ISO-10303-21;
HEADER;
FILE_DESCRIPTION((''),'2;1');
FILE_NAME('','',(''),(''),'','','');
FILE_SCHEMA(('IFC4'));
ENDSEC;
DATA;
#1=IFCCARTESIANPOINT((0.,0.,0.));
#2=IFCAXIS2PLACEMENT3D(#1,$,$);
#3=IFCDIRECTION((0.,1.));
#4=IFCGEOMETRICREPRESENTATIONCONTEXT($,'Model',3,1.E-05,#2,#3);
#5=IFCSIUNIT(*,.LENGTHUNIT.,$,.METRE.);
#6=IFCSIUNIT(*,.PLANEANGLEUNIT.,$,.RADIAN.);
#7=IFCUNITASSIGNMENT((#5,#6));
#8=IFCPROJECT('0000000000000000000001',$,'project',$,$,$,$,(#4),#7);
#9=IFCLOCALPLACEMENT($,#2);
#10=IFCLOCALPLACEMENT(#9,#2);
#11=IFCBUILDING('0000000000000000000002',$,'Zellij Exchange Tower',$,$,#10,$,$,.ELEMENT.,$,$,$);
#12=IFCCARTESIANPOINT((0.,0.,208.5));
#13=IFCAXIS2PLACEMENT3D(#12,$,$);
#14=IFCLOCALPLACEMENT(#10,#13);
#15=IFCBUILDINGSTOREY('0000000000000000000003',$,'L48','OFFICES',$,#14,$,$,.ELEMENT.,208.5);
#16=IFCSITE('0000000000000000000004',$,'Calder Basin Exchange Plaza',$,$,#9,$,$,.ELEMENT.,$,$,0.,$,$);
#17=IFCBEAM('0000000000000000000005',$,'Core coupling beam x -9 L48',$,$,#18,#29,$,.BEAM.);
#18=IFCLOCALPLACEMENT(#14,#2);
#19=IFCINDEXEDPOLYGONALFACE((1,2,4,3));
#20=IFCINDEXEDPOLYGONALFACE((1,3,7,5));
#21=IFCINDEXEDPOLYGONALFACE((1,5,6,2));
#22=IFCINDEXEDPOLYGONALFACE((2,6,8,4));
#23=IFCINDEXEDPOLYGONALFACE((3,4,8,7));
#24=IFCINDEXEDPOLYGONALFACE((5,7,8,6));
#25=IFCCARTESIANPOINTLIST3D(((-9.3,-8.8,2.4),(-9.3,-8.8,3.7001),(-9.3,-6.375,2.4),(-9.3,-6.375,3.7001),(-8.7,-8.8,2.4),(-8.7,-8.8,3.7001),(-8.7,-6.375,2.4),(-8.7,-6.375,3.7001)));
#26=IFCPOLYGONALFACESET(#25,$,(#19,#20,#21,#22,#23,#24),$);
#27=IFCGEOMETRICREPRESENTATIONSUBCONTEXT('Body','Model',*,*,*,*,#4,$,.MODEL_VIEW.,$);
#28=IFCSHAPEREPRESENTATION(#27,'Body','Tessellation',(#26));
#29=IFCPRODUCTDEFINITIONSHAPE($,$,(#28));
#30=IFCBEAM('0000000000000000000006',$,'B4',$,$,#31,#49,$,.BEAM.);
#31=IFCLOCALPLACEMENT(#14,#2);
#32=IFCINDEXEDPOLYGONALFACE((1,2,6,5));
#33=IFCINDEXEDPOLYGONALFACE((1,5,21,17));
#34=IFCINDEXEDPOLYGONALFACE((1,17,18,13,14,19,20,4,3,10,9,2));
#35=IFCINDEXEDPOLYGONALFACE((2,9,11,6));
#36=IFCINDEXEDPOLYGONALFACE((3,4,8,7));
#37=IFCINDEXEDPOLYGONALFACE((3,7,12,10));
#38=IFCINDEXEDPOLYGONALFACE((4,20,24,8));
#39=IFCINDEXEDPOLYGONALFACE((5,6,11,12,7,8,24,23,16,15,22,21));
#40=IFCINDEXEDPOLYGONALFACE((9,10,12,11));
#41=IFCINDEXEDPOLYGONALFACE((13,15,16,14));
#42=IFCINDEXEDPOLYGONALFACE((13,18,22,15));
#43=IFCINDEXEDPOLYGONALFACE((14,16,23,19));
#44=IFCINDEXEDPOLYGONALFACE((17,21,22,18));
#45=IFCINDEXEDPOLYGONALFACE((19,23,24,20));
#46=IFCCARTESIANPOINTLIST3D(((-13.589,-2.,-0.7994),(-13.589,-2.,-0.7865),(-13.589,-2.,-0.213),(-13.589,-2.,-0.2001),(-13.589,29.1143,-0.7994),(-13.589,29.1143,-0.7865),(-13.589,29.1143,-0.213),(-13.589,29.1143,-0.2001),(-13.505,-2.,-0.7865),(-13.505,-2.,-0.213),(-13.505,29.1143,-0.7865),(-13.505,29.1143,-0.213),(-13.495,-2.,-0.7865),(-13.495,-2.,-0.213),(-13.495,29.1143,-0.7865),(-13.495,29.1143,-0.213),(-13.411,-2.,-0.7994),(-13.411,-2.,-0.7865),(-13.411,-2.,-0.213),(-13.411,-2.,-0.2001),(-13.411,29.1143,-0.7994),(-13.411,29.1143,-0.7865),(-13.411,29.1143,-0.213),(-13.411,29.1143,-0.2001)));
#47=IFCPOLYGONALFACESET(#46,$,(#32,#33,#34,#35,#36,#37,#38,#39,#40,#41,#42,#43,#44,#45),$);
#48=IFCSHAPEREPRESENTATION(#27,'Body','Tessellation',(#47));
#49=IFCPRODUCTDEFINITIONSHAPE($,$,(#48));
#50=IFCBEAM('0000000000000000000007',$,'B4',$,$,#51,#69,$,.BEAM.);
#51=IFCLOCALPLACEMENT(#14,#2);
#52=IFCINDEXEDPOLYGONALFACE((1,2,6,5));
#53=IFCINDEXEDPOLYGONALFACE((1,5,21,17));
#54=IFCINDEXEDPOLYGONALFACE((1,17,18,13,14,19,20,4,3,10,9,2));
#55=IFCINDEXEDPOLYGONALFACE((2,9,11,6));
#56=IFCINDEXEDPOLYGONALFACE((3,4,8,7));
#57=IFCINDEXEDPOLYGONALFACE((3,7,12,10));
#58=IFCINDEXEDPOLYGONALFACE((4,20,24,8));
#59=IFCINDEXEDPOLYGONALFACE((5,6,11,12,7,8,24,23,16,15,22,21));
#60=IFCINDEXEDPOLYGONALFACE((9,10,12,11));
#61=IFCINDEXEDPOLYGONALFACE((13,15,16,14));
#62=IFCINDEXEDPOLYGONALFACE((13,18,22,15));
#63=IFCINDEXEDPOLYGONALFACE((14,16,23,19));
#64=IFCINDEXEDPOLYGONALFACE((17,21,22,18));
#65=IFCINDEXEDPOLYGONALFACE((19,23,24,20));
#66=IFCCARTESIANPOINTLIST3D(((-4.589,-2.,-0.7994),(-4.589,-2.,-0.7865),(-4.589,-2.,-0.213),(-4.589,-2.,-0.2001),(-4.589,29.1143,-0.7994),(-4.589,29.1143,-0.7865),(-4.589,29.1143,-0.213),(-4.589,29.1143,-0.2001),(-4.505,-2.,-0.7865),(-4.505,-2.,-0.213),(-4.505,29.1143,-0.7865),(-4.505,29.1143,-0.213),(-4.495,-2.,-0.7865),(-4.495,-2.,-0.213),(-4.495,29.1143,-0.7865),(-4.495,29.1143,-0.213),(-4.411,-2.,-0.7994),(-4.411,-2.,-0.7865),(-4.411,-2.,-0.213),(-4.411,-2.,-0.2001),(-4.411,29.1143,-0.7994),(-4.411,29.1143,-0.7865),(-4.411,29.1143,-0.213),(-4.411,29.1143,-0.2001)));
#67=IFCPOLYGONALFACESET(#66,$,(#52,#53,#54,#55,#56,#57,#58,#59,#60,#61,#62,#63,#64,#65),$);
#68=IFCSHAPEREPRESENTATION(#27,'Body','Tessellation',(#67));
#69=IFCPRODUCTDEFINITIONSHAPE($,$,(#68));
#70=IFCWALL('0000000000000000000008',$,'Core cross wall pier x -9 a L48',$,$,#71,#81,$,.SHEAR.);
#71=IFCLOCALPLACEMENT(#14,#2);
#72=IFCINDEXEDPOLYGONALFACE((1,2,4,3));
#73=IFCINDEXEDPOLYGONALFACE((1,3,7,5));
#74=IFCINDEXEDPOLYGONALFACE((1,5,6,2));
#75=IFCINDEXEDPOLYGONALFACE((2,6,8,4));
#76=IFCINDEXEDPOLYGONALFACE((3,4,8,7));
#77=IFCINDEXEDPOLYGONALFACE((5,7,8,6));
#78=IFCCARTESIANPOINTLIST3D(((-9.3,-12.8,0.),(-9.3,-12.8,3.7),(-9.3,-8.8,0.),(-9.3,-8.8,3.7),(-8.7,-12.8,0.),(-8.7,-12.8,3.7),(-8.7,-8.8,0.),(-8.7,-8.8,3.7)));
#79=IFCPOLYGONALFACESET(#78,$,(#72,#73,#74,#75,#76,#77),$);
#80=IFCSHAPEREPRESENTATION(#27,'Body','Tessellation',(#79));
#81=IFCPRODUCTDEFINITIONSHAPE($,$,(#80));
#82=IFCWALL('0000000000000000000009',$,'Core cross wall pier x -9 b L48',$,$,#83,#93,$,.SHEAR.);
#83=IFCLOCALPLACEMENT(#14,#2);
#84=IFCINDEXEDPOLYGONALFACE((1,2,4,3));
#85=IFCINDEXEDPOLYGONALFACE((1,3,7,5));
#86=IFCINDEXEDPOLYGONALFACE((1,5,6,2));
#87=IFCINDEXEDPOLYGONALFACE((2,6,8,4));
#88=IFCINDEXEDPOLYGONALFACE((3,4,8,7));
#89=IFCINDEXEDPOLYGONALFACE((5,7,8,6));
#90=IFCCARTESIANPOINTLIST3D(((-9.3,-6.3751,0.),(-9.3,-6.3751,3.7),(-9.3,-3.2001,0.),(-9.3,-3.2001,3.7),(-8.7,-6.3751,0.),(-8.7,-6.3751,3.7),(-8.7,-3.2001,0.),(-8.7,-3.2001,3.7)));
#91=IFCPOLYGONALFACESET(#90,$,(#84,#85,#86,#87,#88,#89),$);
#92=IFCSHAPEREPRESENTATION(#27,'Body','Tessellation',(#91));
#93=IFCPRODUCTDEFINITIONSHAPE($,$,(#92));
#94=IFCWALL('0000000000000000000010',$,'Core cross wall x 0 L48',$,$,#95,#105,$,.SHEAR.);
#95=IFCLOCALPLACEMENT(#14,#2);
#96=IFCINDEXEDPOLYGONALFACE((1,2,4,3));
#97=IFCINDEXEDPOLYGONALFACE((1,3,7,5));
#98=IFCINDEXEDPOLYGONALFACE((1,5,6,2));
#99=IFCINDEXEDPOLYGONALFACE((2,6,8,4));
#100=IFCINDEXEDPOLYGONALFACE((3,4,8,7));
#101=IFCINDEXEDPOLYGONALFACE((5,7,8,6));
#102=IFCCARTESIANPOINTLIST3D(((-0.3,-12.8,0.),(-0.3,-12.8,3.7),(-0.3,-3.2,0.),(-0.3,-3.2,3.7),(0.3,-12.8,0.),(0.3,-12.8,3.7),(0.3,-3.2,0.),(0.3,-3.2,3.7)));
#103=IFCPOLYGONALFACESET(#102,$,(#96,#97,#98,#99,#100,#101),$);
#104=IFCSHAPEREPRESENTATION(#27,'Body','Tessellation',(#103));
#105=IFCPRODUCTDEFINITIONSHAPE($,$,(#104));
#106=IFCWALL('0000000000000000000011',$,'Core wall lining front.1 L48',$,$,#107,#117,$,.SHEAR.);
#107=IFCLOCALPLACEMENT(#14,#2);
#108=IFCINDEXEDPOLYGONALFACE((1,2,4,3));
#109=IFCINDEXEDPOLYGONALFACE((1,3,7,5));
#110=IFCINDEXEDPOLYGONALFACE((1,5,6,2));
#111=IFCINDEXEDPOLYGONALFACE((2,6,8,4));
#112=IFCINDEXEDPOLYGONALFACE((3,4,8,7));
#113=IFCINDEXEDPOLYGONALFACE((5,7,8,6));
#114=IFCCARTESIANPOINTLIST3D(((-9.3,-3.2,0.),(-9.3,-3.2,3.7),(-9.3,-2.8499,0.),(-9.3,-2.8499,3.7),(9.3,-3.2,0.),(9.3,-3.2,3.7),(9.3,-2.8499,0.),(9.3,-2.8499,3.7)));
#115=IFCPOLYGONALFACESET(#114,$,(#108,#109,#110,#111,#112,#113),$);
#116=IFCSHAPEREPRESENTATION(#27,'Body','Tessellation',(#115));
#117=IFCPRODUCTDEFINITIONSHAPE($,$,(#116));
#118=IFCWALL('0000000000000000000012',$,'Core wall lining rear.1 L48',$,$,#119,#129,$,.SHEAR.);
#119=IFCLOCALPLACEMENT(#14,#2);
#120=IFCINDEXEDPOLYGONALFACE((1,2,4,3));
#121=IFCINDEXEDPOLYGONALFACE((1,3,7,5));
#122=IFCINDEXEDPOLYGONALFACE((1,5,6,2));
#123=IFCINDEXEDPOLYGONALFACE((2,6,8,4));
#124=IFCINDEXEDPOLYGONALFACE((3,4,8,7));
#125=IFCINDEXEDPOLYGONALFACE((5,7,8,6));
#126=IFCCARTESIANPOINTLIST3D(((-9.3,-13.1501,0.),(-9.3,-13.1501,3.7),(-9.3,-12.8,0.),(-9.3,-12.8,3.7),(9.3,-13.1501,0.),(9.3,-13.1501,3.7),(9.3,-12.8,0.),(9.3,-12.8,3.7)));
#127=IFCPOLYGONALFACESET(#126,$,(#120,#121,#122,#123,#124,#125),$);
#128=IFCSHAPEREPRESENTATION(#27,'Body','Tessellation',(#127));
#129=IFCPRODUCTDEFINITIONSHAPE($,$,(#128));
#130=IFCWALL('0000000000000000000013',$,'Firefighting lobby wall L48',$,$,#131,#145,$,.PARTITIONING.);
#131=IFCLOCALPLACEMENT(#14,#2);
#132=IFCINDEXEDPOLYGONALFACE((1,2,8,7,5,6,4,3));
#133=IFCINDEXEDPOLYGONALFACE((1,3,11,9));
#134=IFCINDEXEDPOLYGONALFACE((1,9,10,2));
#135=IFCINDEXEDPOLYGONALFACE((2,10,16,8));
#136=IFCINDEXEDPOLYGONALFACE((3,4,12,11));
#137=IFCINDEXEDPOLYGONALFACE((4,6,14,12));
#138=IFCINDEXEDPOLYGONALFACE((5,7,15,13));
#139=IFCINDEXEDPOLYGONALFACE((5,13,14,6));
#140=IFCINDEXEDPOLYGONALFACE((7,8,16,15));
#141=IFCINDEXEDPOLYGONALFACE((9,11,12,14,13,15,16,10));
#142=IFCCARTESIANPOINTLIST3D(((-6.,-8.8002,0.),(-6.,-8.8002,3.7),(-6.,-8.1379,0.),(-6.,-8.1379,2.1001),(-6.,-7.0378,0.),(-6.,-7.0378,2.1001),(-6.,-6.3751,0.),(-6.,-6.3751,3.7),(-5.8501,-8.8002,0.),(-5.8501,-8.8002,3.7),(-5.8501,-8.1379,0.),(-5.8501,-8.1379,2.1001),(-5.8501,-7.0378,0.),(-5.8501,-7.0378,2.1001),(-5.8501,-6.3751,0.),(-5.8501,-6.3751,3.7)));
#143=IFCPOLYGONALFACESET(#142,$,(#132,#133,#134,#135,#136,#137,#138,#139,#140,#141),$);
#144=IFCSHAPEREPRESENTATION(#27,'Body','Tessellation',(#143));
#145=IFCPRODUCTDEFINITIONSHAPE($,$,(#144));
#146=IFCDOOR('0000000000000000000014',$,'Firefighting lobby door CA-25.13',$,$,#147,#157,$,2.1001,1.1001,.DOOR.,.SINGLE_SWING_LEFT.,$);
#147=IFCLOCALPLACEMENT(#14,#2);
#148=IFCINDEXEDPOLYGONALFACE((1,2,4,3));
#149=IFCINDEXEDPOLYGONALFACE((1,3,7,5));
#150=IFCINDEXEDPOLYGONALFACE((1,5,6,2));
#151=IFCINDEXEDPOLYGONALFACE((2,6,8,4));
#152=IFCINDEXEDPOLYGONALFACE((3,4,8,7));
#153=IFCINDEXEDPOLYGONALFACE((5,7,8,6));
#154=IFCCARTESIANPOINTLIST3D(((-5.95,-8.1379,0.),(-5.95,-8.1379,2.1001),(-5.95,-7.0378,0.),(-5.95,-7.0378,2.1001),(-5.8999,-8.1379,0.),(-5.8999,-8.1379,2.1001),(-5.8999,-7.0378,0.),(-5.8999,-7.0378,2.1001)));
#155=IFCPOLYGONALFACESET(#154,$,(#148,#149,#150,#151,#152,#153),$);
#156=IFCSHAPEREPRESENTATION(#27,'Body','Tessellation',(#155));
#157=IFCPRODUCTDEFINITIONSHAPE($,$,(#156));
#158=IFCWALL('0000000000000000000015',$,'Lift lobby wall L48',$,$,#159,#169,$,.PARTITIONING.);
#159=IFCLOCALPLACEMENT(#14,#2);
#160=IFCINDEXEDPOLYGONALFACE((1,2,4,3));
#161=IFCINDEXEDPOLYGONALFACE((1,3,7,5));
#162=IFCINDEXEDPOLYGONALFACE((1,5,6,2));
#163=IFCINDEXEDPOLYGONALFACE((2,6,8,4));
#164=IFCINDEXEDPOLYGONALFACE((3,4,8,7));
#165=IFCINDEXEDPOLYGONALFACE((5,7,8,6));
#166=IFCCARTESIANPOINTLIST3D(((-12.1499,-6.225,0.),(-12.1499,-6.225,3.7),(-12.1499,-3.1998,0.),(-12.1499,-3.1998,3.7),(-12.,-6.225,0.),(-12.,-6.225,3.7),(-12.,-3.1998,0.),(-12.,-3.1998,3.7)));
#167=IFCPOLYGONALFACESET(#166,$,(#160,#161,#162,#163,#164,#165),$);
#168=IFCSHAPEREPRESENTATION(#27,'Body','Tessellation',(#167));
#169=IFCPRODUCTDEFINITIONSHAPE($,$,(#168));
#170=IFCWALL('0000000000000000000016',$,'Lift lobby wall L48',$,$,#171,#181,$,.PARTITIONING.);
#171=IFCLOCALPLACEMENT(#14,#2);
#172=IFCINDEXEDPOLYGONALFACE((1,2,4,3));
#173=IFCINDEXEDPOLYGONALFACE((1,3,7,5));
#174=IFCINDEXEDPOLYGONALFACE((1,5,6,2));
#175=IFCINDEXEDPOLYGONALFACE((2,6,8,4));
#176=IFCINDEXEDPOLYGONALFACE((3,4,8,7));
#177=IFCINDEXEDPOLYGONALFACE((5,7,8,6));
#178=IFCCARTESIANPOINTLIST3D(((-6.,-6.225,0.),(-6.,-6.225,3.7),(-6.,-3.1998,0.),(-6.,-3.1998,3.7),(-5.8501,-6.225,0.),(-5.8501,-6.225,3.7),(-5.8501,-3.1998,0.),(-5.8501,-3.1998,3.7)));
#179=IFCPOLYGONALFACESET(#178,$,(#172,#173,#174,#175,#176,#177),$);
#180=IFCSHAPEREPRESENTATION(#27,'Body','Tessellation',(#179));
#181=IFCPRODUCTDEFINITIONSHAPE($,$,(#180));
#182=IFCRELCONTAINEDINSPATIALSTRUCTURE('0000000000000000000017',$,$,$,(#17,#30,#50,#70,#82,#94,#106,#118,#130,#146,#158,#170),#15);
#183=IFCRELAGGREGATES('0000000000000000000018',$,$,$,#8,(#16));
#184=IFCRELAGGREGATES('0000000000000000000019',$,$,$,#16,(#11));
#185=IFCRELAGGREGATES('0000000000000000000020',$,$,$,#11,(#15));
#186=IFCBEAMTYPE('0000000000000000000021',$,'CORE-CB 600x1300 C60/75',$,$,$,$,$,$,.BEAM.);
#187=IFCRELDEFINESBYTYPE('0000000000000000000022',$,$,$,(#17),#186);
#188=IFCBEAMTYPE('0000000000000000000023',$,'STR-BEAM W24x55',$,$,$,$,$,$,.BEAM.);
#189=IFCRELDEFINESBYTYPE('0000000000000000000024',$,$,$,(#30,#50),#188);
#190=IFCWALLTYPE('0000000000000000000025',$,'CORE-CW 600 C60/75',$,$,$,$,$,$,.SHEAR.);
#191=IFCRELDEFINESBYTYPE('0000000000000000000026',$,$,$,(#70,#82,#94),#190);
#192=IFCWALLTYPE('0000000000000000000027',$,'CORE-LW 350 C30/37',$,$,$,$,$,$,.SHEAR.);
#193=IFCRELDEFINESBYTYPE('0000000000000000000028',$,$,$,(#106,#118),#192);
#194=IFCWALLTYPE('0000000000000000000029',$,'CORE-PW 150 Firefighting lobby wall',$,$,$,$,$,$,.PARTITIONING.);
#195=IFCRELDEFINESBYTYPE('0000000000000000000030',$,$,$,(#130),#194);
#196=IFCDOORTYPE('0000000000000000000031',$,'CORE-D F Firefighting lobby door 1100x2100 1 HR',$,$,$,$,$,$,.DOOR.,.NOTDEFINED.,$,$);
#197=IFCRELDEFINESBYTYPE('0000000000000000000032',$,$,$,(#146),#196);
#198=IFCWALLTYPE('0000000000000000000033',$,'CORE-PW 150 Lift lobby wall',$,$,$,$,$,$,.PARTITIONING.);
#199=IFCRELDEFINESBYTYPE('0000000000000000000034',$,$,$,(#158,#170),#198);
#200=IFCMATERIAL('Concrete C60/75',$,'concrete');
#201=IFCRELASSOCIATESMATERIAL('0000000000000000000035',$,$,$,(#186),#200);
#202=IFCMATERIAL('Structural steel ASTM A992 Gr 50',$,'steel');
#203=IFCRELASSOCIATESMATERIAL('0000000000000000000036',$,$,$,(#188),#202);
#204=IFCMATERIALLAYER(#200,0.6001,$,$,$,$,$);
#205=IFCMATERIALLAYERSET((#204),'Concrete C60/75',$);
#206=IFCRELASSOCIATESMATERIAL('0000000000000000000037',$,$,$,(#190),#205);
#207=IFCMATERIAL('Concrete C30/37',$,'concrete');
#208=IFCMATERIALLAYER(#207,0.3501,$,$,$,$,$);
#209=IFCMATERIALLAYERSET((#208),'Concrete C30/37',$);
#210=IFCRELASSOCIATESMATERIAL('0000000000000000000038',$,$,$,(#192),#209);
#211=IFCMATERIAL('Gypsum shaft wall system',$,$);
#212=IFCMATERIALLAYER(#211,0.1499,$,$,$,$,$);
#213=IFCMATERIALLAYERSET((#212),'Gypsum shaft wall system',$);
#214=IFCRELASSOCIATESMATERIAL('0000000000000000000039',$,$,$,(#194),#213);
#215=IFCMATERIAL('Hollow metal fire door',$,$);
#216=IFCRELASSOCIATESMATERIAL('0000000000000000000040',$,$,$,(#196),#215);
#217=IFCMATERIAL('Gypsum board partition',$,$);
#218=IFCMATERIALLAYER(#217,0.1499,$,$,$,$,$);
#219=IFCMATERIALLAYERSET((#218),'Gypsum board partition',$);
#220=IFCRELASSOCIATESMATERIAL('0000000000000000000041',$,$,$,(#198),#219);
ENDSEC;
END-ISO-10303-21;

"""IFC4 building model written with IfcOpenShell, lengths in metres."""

from ifc_helpers import new_model, si_unit, direction, frame, frame_2d, origin, origin_2d, place, context, subcontext, project, spatial, rectangle, i_section, extrude, material, layer, layer_set, material_profile, profile_set, type_object, element, fill, save


model = new_model("IFC4")

# Units and contexts
model_context = context("Model", 3, precision=1e-05, world=origin(), true_north=direction((0.0, 1.0)))
body_context = subcontext(model_context, "Body", "Model", "MODEL_VIEW")
ifc_project = project(units=[si_unit("LENGTHUNIT", "METRE"), si_unit("PLANEANGLEUNIT", "RADIAN")], contexts=[model_context])

# Site, building, storey
site_placement = place(None, origin())
site = spatial("IfcSite", under=ifc_project, at=site_placement, Name="Calder Basin Exchange Plaza", CompositionType="ELEMENT", RefElevation=0.0)
building_placement = place(site_placement, origin())
building = spatial("IfcBuilding", under=site, at=building_placement, Name="Zellij Exchange Tower", CompositionType="ELEMENT")
storey_placement = place(building_placement, frame((0.0, 0.0, 208.5)))
storey = spatial("IfcBuildingStorey", under=building, at=storey_placement, Name="L48", Description="OFFICES", CompositionType="ELEMENT", Elevation=208.5)

# Beams
ifc_material_1 = material(Name="Concrete C60/75", Category="concrete")
ifc_material_profile_1 = material_profile(ifc_material_1, rectangle(XDim=0.6001, YDim=1.3, at=origin_2d()), Name="CORE-CB 600x1300 C60/75")
ifc_profile_set_1 = profile_set([ifc_material_profile_1], Name="Concrete C60/75")
beam_type_1 = type_object("IfcBeamType", Name="CORE-CB 600x1300 C60/75", PredefinedType="BEAM", material=ifc_profile_set_1)
beam_placement = place(storey_placement, frame((-9.0, -8.8, 3.05), z_axis=(0.0, 1.0, 0.0), x_axis=(-1.0, 0.0, 0.0)))
element("IfcBeam", 1, at=beam_placement, inside=storey, type_object=beam_type_1, Name="Core coupling beam x -9 L48", PredefinedType="BEAM", context=body_context, shape_type="SweptSolid", body=[
    extrude(rectangle(XDim=0.6001, YDim=1.3, at=origin_2d()), origin(), (0.0, 0.0, 1.0), 2.425),
])
ifc_material_2 = material(Name="Structural steel ASTM A992 Gr 50", Category="steel")
ifc_material_profile_2 = material_profile(ifc_material_2, i_section(OverallWidth=0.178, OverallDepth=0.5994, WebThickness=0.01, FlangeThickness=0.0129, at=origin_2d()), Name="W24x55")
ifc_profile_set_2 = profile_set([ifc_material_profile_2], Name="Structural steel ASTM A992 Gr 50")
beam_type_2 = type_object("IfcBeamType", Name="STR-BEAM W24x55", PredefinedType="BEAM", material=ifc_profile_set_2)
for number, where, z_axis, x_axis, name in (
    (2, (-13.5, -2.0, -0.4998), (0.0, 1.0, 0.0), (-1.0, 0.0, 0.0), "B4"),
    (3, (-4.5, -2.0, -0.4998), (0.0, 1.0, 0.0), (-1.0, 0.0, 0.0), "B4"),
):
    element("IfcBeam", number, at=place(storey_placement, frame(where, z_axis=z_axis, x_axis=x_axis)), inside=storey, type_object=beam_type_2, Name=name, PredefinedType="BEAM", context=body_context, shape_type="SweptSolid", body=[
        extrude(i_section(OverallWidth=0.178, OverallDepth=0.5994, WebThickness=0.01, FlangeThickness=0.0129, at=origin_2d()), origin(), (0.0, 0.0, 1.0), 31.1143),
    ])

# Walls
ifc_layer_1 = layer(ifc_material_1, 0.6001)
ifc_layer_set_1 = layer_set([ifc_layer_1], Name="Concrete C60/75")
wall_type_1 = type_object("IfcWallType", Name="CORE-CW 600 C60/75", PredefinedType="SHEAR", material=ifc_layer_set_1)
wall_1_placement = place(storey_placement, frame((-9.0, -12.8, 0.0), z_axis=(0.0, 0.0, 1.0), x_axis=(0.0, 1.0, 0.0)))
element("IfcWall", 4, at=wall_1_placement, inside=storey, type_object=wall_type_1, Name="Core cross wall pier x -9 a L48", PredefinedType="SHEAR", context=body_context, shape_type="SweptSolid", body=[
    extrude(rectangle(XDim=4.0, YDim=0.6001, at=frame_2d((2.0, 0.0))), origin(), (0.0, 0.0, 1.0), 3.7),
])
wall_2_placement = place(storey_placement, frame((-9.0, -6.375, 0.0), z_axis=(0.0, 0.0, 1.0), x_axis=(0.0, 1.0, 0.0)))
element("IfcWall", 5, at=wall_2_placement, inside=storey, type_object=wall_type_1, Name="Core cross wall pier x -9 b L48", PredefinedType="SHEAR", context=body_context, shape_type="SweptSolid", body=[
    extrude(rectangle(XDim=3.175, YDim=0.6001, at=frame_2d((1.5874, 0.0))), origin(), (0.0, 0.0, 1.0), 3.7),
])
wall_3_placement = place(storey_placement, frame((0.0, -12.8, 0.0), z_axis=(0.0, 0.0, 1.0), x_axis=(0.0, 1.0, 0.0)))
element("IfcWall", 6, at=wall_3_placement, inside=storey, type_object=wall_type_1, Name="Core cross wall x 0 L48", PredefinedType="SHEAR", context=body_context, shape_type="SweptSolid", body=[
    extrude(rectangle(XDim=9.6001, YDim=0.6001, at=frame_2d((4.8, 0.0))), origin(), (0.0, 0.0, 1.0), 3.7),
])
ifc_material_3 = material(Name="Concrete C30/37", Category="concrete")
ifc_layer_2 = layer(ifc_material_3, 0.3501)
ifc_layer_set_2 = layer_set([ifc_layer_2], Name="Concrete C30/37")
wall_type_2 = type_object("IfcWallType", Name="CORE-LW 350 C30/37", PredefinedType="SHEAR", material=ifc_layer_set_2)
for number, where, z_axis, x_axis, name in (
    (7, (-9.3, -3.0249, 0.0), (0.0, 0.0, 1.0), (1.0, 0.0, 0.0), "Core wall lining front.1 L48"),
    (8, (-9.3, -12.9751, 0.0), (0.0, 0.0, 1.0), (1.0, 0.0, 0.0), "Core wall lining rear.1 L48"),
):
    element("IfcWall", number, at=place(storey_placement, frame(where, z_axis=z_axis, x_axis=x_axis)), inside=storey, type_object=wall_type_2, Name=name, PredefinedType="SHEAR", context=body_context, shape_type="SweptSolid", body=[
        extrude(rectangle(XDim=18.6001, YDim=0.3501, at=frame_2d((9.3, 0.0))), origin(), (0.0, 0.0, 1.0), 3.7),
    ])

# Wall, opening, door
ifc_material_4 = material(Name="Gypsum shaft wall system")
ifc_layer_3 = layer(ifc_material_4, 0.1499)
ifc_layer_set_3 = layer_set([ifc_layer_3], Name="Gypsum shaft wall system")
wall_type_3 = type_object("IfcWallType", Name="CORE-PW 150 Firefighting lobby wall", PredefinedType="PARTITIONING", material=ifc_layer_set_3)
wall_4_placement = place(storey_placement, frame((-5.925, -8.8, 0.0), z_axis=(0.0, 0.0, 1.0), x_axis=(0.0, 1.0, 0.0)))
wall_4 = element("IfcWall", 9, at=wall_4_placement, inside=storey, type_object=wall_type_3, Name="Firefighting lobby wall L48", PredefinedType="PARTITIONING", context=body_context, shape_type="SweptSolid", body=[
    extrude(rectangle(XDim=2.425, YDim=0.1499, at=frame_2d((1.2124, 0.0))), origin(), (0.0, 0.0, 1.0), 3.7),
])
opening_1_placement = place(wall_4_placement, frame((0.6621, 0.0, 0.0)))
opening_1 = element("IfcOpeningElement", 10, at=opening_1_placement, cuts=wall_4, PredefinedType="OPENING", context=body_context, shape_type="SweptSolid", body=[
    extrude(rectangle(XDim=1.1001, YDim=2.1001, at=frame_2d((0.55, 1.05))), frame((0.0, 0.0869, 0.0), z_axis=(0.0, -1.0, 0.0), x_axis=(1.0, 0.0, 0.0)), (0.0, 0.0, 1.0), 0.1738),
])
ifc_material_5 = material(Name="Hollow metal fire door")
door_type_1 = type_object("IfcDoorType", Name="CORE-D F Firefighting lobby door 1100x2100 1 HR", OperationType="NOTDEFINED", PredefinedType="DOOR", material=ifc_material_5)
door_1_placement = place(opening_1_placement, origin())
door_1 = element("IfcDoor", 11, at=door_1_placement, inside=storey, type_object=door_type_1, Name="Firefighting lobby door CA-25.13", OperationType="SINGLE_SWING_LEFT", OverallHeight=2.1001, OverallWidth=1.1001, PredefinedType="DOOR", context=body_context, shape_type="SweptSolid", body=[
    extrude(rectangle(XDim=1.1001, YDim=2.1001, at=frame_2d((0.55, 1.05))), frame((0.0, 0.0249, 0.0), z_axis=(0.0, -1.0, 0.0), x_axis=(1.0, 0.0, 0.0)), (0.0, 0.0, 1.0), 0.05),
])
fill(opening_1, door_1)

# Walls
ifc_material_6 = material(Name="Gypsum board partition")
ifc_layer_4 = layer(ifc_material_6, 0.1499)
ifc_layer_set_4 = layer_set([ifc_layer_4], Name="Gypsum board partition")
wall_type_4 = type_object("IfcWallType", Name="CORE-PW 150 Lift lobby wall", PredefinedType="PARTITIONING", material=ifc_layer_set_4)
for number, where, z_axis, x_axis, name in (
    (12, (-12.075, -6.2251, 0.0), (0.0, 0.0, 1.0), (0.0, 1.0, 0.0), "Lift lobby wall L48"),
    (13, (-5.925, -6.2251, 0.0), (0.0, 0.0, 1.0), (0.0, 1.0, 0.0), "Lift lobby wall L48"),
):
    element("IfcWall", number, at=place(storey_placement, frame(where, z_axis=z_axis, x_axis=x_axis)), inside=storey, type_object=wall_type_4, Name=name, PredefinedType="PARTITIONING", context=body_context, shape_type="SweptSolid", body=[
        extrude(rectangle(XDim=3.0251, YDim=0.1499, at=frame_2d((1.5127, 0.0))), origin(), (0.0, 0.0, 1.0), 3.7),
    ])

save(model, "model.ifc")
